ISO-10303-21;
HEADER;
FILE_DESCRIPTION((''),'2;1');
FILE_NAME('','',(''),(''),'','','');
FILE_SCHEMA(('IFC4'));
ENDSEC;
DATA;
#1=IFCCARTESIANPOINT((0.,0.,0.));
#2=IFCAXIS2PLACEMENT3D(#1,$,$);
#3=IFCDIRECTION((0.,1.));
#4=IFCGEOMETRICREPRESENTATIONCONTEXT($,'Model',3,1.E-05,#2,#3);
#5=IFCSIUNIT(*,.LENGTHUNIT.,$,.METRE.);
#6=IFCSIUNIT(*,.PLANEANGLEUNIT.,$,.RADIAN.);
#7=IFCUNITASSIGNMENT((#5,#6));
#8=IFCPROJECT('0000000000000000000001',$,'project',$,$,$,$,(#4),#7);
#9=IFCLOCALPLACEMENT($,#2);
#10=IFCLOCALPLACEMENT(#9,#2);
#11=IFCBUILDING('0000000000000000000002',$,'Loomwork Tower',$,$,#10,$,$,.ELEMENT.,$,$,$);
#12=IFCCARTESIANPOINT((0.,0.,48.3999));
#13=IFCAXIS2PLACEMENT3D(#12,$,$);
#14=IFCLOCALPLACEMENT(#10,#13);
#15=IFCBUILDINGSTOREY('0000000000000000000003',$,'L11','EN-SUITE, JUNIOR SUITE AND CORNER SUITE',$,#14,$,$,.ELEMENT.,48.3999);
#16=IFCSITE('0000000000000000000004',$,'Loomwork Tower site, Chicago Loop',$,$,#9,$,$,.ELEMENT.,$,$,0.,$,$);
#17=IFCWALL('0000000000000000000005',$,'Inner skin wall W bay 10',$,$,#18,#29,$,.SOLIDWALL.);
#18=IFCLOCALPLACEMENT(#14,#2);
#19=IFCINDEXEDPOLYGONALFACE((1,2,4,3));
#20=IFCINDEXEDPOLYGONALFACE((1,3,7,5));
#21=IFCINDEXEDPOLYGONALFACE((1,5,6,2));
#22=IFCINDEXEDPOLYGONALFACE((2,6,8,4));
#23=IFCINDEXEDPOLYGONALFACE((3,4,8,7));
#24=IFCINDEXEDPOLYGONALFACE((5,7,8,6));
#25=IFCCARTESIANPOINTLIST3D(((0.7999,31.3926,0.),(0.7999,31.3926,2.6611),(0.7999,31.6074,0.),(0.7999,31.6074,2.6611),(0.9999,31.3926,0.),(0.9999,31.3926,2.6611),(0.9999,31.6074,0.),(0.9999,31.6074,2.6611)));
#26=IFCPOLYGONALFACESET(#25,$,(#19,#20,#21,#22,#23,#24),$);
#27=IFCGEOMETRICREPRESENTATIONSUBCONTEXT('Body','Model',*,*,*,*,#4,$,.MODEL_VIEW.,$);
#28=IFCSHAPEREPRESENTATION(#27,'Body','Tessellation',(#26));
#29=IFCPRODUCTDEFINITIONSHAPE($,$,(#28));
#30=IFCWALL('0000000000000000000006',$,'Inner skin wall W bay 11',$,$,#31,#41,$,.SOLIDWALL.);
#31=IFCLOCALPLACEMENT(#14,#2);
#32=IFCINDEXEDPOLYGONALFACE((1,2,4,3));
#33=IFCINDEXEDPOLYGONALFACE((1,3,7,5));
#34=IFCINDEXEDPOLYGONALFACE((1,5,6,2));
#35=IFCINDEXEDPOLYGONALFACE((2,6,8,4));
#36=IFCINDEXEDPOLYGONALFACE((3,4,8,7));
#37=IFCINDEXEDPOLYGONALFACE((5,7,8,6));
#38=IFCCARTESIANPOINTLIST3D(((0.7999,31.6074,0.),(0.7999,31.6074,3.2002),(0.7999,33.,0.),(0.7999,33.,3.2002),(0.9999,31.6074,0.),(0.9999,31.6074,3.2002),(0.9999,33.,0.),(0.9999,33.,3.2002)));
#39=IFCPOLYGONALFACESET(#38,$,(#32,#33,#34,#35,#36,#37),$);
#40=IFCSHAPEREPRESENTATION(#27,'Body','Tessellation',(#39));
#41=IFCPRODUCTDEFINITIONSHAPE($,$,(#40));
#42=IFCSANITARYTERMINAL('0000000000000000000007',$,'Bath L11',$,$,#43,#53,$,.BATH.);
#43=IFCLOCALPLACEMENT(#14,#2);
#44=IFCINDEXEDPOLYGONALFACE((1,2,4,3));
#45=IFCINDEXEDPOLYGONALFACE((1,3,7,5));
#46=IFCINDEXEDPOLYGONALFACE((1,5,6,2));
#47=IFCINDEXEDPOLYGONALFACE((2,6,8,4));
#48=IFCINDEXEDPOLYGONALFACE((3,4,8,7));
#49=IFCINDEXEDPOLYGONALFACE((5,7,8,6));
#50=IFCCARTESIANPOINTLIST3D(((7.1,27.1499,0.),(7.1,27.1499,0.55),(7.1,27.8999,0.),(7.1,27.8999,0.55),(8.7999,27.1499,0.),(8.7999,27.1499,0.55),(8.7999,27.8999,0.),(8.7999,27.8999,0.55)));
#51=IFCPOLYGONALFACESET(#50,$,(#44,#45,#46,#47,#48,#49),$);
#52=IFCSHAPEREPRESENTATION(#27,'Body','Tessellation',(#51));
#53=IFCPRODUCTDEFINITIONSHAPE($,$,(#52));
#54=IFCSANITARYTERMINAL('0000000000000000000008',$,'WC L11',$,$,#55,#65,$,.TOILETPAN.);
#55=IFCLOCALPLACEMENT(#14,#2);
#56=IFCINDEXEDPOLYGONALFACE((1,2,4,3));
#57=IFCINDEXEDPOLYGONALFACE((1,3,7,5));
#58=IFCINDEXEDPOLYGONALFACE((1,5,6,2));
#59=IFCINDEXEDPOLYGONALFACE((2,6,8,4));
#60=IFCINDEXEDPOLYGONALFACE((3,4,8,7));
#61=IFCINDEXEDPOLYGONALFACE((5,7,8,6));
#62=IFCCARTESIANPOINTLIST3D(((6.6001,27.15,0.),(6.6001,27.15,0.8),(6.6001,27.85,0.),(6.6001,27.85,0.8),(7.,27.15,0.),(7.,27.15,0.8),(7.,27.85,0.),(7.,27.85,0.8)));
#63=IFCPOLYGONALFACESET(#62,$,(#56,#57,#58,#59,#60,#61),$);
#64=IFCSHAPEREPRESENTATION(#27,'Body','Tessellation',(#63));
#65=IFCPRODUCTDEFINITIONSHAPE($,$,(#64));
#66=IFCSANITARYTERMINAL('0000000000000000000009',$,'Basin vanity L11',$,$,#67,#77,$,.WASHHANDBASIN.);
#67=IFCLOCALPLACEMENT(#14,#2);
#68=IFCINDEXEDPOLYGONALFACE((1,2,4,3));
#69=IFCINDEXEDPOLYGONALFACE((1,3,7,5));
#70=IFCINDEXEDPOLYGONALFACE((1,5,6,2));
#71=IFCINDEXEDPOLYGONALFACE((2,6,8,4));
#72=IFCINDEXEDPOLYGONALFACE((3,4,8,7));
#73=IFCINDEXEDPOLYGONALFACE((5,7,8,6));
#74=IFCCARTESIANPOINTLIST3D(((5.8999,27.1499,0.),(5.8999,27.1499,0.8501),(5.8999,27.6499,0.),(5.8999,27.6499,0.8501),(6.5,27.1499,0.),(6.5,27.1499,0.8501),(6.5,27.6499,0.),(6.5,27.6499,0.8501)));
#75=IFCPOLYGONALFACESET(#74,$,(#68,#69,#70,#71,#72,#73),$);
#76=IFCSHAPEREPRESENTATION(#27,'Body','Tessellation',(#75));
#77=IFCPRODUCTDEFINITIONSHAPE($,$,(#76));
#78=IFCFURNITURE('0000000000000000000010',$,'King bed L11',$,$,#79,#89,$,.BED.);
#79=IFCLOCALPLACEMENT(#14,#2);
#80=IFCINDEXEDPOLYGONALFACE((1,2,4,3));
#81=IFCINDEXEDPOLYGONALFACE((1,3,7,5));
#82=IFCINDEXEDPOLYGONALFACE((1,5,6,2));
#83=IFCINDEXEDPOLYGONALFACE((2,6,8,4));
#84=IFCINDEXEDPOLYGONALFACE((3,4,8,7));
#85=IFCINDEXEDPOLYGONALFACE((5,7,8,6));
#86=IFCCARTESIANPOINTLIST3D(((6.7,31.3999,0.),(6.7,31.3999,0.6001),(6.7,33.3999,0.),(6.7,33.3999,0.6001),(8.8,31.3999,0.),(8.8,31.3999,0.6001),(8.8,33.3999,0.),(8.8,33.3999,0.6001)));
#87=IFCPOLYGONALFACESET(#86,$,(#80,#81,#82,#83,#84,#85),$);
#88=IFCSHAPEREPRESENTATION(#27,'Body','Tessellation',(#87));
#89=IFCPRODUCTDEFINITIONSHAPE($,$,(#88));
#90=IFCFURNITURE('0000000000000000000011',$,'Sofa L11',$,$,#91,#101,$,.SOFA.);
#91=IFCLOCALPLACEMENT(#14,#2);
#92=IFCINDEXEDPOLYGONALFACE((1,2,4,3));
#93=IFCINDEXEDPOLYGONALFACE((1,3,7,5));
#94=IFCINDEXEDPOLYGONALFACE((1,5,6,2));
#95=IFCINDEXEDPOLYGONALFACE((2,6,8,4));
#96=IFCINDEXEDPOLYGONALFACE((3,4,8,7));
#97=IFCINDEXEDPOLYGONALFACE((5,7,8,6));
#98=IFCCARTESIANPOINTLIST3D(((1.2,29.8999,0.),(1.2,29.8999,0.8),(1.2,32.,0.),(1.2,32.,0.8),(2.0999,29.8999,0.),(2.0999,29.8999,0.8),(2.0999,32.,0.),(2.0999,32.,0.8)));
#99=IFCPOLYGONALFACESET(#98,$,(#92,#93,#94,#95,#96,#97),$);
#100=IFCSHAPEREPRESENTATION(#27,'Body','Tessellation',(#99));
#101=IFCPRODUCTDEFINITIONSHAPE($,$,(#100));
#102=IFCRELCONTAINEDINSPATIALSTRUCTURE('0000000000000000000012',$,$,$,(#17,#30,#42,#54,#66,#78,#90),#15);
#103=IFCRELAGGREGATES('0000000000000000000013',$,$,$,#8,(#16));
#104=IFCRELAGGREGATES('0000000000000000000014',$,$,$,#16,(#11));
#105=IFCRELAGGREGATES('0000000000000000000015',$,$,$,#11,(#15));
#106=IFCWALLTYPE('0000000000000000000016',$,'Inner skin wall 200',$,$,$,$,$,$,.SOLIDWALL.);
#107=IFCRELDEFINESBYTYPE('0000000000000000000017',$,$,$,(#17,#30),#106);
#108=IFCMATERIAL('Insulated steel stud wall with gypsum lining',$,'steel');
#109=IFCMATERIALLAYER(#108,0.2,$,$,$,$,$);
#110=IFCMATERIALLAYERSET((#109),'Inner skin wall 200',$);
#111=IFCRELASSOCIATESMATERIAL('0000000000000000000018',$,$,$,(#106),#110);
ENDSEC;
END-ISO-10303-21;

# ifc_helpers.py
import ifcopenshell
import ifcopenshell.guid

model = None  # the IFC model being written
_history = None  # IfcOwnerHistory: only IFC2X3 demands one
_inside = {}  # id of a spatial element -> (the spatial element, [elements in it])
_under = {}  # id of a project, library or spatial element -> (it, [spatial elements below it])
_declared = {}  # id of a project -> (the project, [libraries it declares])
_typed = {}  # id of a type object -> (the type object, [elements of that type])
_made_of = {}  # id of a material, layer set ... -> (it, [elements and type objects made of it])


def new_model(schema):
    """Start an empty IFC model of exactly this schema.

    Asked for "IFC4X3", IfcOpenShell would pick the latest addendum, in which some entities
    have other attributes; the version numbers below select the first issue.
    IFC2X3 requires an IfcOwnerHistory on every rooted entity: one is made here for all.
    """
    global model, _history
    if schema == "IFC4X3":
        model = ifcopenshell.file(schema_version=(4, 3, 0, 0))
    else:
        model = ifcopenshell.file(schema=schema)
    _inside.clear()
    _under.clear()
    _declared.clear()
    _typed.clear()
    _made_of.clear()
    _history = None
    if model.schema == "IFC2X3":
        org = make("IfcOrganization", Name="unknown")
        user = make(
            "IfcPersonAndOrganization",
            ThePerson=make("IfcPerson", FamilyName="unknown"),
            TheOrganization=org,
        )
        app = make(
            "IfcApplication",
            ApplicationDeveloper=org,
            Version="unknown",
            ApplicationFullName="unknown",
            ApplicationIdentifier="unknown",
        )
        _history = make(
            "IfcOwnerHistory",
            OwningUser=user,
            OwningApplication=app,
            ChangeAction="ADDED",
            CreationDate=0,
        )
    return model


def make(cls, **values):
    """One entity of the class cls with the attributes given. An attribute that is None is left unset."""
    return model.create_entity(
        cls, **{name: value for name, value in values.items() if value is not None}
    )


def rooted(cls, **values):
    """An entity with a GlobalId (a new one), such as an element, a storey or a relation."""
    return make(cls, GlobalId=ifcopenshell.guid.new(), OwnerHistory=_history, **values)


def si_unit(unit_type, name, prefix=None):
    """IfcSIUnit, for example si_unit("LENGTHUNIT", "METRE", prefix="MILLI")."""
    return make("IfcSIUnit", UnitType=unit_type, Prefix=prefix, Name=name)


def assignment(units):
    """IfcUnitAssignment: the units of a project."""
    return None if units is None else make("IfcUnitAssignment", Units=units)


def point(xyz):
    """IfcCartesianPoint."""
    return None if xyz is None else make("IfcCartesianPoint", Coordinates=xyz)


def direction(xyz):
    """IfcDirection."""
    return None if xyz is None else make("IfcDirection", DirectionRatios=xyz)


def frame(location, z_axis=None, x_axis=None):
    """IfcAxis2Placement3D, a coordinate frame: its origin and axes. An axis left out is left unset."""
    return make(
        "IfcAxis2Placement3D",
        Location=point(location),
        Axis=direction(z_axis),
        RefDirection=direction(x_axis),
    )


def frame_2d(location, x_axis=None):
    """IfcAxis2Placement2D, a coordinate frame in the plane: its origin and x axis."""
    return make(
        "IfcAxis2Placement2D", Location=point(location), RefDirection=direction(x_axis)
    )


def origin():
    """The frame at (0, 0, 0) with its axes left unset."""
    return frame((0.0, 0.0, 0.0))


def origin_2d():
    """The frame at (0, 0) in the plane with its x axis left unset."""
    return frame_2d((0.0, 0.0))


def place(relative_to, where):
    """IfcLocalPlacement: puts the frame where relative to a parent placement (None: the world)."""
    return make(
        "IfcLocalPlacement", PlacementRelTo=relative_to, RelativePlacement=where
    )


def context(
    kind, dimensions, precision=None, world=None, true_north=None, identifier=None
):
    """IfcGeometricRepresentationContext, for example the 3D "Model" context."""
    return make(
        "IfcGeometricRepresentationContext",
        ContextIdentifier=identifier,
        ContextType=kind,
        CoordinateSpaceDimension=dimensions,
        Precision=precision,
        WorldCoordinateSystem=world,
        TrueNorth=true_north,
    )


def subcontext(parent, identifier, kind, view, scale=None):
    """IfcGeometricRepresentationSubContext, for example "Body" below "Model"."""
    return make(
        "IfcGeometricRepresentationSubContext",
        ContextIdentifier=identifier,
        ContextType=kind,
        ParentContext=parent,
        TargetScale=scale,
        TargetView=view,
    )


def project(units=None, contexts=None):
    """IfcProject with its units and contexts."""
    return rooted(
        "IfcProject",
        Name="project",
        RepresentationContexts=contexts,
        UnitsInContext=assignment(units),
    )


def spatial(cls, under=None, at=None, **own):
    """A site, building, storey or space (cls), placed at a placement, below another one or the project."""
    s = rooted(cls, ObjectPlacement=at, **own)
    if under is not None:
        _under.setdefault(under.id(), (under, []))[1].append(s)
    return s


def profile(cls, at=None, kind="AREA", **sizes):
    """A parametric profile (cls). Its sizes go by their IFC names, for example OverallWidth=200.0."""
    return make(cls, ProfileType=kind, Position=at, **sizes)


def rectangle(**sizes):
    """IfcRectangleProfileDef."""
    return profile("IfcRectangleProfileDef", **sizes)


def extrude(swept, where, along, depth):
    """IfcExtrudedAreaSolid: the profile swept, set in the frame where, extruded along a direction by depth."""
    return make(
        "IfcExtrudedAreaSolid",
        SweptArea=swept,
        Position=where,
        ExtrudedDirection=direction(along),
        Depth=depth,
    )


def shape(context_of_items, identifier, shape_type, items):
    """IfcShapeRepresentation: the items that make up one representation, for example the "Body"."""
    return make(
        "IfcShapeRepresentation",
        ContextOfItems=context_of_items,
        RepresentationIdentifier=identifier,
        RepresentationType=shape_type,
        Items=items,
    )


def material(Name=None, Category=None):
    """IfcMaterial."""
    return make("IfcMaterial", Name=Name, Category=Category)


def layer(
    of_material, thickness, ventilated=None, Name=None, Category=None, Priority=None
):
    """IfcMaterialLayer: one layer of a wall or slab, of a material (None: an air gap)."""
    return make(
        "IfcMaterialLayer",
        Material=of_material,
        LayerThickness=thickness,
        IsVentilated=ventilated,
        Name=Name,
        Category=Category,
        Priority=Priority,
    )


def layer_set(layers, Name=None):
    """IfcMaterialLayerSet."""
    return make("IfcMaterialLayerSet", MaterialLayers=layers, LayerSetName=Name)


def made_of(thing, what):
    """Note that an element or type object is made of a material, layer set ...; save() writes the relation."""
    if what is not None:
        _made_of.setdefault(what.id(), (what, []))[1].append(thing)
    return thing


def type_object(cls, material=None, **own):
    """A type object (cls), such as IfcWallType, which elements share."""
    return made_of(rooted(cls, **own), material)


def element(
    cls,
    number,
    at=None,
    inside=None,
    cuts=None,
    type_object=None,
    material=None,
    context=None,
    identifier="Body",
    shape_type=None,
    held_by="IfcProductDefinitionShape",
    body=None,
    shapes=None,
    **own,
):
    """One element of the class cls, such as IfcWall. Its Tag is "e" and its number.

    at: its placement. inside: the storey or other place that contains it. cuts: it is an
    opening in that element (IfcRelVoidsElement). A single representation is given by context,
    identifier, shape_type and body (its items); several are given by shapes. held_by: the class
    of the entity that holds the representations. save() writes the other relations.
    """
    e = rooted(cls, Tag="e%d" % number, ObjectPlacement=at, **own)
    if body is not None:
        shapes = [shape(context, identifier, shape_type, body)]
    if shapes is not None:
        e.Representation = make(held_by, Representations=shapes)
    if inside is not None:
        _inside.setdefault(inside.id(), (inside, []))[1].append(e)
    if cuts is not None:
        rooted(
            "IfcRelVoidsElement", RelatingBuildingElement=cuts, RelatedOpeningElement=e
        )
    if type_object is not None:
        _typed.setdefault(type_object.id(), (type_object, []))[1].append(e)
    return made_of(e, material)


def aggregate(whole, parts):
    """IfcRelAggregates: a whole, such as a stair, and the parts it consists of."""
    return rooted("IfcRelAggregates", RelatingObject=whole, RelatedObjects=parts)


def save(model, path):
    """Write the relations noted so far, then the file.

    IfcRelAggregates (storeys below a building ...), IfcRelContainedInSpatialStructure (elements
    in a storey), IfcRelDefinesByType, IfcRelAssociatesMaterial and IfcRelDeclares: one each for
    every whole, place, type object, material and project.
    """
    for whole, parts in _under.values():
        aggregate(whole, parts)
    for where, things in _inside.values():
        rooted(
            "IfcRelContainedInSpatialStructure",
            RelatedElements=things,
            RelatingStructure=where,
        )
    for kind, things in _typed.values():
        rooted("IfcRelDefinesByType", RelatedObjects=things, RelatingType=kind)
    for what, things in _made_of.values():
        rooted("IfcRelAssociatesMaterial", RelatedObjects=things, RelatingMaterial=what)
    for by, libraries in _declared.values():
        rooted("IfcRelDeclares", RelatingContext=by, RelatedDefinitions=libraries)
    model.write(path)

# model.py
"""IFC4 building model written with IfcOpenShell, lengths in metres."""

from ifc_helpers import new_model, si_unit, direction, frame, frame_2d, origin, origin_2d, place, context, subcontext, project, spatial, rectangle, extrude, material, layer, layer_set, type_object, element, save


model = new_model("IFC4")

# Units and contexts
model_context = context("Model", 3, precision=1e-05, world=origin(), true_north=direction((0.0, 1.0)))
body_context = subcontext(model_context, "Body", "Model", "MODEL_VIEW")
ifc_project = project(units=[si_unit("LENGTHUNIT", "METRE"), si_unit("PLANEANGLEUNIT", "RADIAN")], contexts=[model_context])

# Site, building, storey
site_placement = place(None, origin())
site = spatial("IfcSite", under=ifc_project, at=site_placement, Name="Loomwork Tower site, Chicago Loop", CompositionType="ELEMENT", RefElevation=0.0)
building_placement = place(site_placement, origin())
building = spatial("IfcBuilding", under=site, at=building_placement, Name="Loomwork Tower", CompositionType="ELEMENT")
storey_placement = place(building_placement, frame((0.0, 0.0, 48.3999)))
storey = spatial("IfcBuildingStorey", under=building, at=storey_placement, Name="L11", Description="EN-SUITE, JUNIOR SUITE AND CORNER SUITE", CompositionType="ELEMENT", Elevation=48.3999)

# Walls
ifc_material_1 = material(Name="Insulated steel stud wall with gypsum lining", Category="steel")
ifc_layer_1 = layer(ifc_material_1, 0.2)
ifc_layer_set_1 = layer_set([ifc_layer_1], Name="Inner skin wall 200")
wall_type_1 = type_object("IfcWallType", Name="Inner skin wall 200", PredefinedType="SOLIDWALL", material=ifc_layer_set_1)
wall_1_placement = place(storey_placement, frame((0.8999, 31.3926, 0.0), z_axis=(0.0, 0.0, 1.0), x_axis=(0.0, 1.0, 0.0)))
element("IfcWall", 1, at=wall_1_placement, inside=storey, type_object=wall_type_1, Name="Inner skin wall W bay 10", PredefinedType="SOLIDWALL", context=body_context, shape_type="SweptSolid", body=[
    extrude(rectangle(XDim=0.2148, YDim=0.2, at=frame_2d((0.1074, 0.0))), origin(), (0.0, 0.0, 1.0), 2.6611),
])
wall_2_placement = place(storey_placement, frame((0.8999, 31.6074, 0.0), z_axis=(0.0, 0.0, 1.0), x_axis=(0.0, 1.0, 0.0)))
element("IfcWall", 2, at=wall_2_placement, inside=storey, type_object=wall_type_1, Name="Inner skin wall W bay 11", PredefinedType="SOLIDWALL", context=body_context, shape_type="SweptSolid", body=[
    extrude(rectangle(XDim=1.3926, YDim=0.2, at=frame_2d((0.6963, 0.0))), origin(), (0.0, 0.0, 1.0), 3.2002),
])

# Sanitary terminals
sanitary_terminal_1_placement = place(storey_placement, frame((7.95, 27.5249, 0.0), z_axis=(0.0, 0.0, 1.0), x_axis=(1.0, 0.0, 0.0)))
element("IfcSanitaryTerminal", 3, at=sanitary_terminal_1_placement, inside=storey, Name="Bath L11", PredefinedType="BATH", context=body_context, shape_type="SweptSolid", body=[
    extrude(rectangle(XDim=1.7, YDim=0.75, at=origin_2d()), origin(), (0.0, 0.0, 1.0), 0.55),
])
sanitary_terminal_2_placement = place(storey_placement, frame((6.8, 27.5, 0.0), z_axis=(0.0, 0.0, 1.0), x_axis=(1.0, 0.0, 0.0)))
element("IfcSanitaryTerminal", 4, at=sanitary_terminal_2_placement, inside=storey, Name="WC L11", PredefinedType="TOILETPAN", context=body_context, shape_type="SweptSolid", body=[
    extrude(rectangle(XDim=0.3999, YDim=0.7, at=origin_2d()), origin(), (0.0, 0.0, 1.0), 0.8),
])
sanitary_terminal_3_placement = place(storey_placement, frame((6.2, 27.3999, 0.0), z_axis=(0.0, 0.0, 1.0), x_axis=(1.0, 0.0, 0.0)))
element("IfcSanitaryTerminal", 5, at=sanitary_terminal_3_placement, inside=storey, Name="Basin vanity L11", PredefinedType="WASHHANDBASIN", context=body_context, shape_type="SweptSolid", body=[
    extrude(rectangle(XDim=0.6001, YDim=0.5, at=origin_2d()), origin(), (0.0, 0.0, 1.0), 0.8501),
])

# Furniture
furniture_1_placement = place(storey_placement, frame((7.75, 32.3999, 0.0), z_axis=(0.0, 0.0, 1.0), x_axis=(1.0, 0.0, 0.0)))
element("IfcFurniture", 6, at=furniture_1_placement, inside=storey, Name="King bed L11", PredefinedType="BED", context=body_context, shape_type="SweptSolid", body=[
    extrude(rectangle(XDim=2.1001, YDim=2.0, at=origin_2d()), origin(), (0.0, 0.0, 1.0), 0.6001),
])
furniture_2_placement = place(storey_placement, frame((1.6499, 30.95, 0.0), z_axis=(0.0, 0.0, 1.0), x_axis=(1.0, 0.0, 0.0)))
element("IfcFurniture", 7, at=furniture_2_placement, inside=storey, Name="Sofa L11", PredefinedType="SOFA", context=body_context, shape_type="SweptSolid", body=[
    extrude(rectangle(XDim=0.8999, YDim=2.1001, at=origin_2d()), origin(), (0.0, 0.0, 1.0), 0.8),
])

save(model, "model.ifc")
